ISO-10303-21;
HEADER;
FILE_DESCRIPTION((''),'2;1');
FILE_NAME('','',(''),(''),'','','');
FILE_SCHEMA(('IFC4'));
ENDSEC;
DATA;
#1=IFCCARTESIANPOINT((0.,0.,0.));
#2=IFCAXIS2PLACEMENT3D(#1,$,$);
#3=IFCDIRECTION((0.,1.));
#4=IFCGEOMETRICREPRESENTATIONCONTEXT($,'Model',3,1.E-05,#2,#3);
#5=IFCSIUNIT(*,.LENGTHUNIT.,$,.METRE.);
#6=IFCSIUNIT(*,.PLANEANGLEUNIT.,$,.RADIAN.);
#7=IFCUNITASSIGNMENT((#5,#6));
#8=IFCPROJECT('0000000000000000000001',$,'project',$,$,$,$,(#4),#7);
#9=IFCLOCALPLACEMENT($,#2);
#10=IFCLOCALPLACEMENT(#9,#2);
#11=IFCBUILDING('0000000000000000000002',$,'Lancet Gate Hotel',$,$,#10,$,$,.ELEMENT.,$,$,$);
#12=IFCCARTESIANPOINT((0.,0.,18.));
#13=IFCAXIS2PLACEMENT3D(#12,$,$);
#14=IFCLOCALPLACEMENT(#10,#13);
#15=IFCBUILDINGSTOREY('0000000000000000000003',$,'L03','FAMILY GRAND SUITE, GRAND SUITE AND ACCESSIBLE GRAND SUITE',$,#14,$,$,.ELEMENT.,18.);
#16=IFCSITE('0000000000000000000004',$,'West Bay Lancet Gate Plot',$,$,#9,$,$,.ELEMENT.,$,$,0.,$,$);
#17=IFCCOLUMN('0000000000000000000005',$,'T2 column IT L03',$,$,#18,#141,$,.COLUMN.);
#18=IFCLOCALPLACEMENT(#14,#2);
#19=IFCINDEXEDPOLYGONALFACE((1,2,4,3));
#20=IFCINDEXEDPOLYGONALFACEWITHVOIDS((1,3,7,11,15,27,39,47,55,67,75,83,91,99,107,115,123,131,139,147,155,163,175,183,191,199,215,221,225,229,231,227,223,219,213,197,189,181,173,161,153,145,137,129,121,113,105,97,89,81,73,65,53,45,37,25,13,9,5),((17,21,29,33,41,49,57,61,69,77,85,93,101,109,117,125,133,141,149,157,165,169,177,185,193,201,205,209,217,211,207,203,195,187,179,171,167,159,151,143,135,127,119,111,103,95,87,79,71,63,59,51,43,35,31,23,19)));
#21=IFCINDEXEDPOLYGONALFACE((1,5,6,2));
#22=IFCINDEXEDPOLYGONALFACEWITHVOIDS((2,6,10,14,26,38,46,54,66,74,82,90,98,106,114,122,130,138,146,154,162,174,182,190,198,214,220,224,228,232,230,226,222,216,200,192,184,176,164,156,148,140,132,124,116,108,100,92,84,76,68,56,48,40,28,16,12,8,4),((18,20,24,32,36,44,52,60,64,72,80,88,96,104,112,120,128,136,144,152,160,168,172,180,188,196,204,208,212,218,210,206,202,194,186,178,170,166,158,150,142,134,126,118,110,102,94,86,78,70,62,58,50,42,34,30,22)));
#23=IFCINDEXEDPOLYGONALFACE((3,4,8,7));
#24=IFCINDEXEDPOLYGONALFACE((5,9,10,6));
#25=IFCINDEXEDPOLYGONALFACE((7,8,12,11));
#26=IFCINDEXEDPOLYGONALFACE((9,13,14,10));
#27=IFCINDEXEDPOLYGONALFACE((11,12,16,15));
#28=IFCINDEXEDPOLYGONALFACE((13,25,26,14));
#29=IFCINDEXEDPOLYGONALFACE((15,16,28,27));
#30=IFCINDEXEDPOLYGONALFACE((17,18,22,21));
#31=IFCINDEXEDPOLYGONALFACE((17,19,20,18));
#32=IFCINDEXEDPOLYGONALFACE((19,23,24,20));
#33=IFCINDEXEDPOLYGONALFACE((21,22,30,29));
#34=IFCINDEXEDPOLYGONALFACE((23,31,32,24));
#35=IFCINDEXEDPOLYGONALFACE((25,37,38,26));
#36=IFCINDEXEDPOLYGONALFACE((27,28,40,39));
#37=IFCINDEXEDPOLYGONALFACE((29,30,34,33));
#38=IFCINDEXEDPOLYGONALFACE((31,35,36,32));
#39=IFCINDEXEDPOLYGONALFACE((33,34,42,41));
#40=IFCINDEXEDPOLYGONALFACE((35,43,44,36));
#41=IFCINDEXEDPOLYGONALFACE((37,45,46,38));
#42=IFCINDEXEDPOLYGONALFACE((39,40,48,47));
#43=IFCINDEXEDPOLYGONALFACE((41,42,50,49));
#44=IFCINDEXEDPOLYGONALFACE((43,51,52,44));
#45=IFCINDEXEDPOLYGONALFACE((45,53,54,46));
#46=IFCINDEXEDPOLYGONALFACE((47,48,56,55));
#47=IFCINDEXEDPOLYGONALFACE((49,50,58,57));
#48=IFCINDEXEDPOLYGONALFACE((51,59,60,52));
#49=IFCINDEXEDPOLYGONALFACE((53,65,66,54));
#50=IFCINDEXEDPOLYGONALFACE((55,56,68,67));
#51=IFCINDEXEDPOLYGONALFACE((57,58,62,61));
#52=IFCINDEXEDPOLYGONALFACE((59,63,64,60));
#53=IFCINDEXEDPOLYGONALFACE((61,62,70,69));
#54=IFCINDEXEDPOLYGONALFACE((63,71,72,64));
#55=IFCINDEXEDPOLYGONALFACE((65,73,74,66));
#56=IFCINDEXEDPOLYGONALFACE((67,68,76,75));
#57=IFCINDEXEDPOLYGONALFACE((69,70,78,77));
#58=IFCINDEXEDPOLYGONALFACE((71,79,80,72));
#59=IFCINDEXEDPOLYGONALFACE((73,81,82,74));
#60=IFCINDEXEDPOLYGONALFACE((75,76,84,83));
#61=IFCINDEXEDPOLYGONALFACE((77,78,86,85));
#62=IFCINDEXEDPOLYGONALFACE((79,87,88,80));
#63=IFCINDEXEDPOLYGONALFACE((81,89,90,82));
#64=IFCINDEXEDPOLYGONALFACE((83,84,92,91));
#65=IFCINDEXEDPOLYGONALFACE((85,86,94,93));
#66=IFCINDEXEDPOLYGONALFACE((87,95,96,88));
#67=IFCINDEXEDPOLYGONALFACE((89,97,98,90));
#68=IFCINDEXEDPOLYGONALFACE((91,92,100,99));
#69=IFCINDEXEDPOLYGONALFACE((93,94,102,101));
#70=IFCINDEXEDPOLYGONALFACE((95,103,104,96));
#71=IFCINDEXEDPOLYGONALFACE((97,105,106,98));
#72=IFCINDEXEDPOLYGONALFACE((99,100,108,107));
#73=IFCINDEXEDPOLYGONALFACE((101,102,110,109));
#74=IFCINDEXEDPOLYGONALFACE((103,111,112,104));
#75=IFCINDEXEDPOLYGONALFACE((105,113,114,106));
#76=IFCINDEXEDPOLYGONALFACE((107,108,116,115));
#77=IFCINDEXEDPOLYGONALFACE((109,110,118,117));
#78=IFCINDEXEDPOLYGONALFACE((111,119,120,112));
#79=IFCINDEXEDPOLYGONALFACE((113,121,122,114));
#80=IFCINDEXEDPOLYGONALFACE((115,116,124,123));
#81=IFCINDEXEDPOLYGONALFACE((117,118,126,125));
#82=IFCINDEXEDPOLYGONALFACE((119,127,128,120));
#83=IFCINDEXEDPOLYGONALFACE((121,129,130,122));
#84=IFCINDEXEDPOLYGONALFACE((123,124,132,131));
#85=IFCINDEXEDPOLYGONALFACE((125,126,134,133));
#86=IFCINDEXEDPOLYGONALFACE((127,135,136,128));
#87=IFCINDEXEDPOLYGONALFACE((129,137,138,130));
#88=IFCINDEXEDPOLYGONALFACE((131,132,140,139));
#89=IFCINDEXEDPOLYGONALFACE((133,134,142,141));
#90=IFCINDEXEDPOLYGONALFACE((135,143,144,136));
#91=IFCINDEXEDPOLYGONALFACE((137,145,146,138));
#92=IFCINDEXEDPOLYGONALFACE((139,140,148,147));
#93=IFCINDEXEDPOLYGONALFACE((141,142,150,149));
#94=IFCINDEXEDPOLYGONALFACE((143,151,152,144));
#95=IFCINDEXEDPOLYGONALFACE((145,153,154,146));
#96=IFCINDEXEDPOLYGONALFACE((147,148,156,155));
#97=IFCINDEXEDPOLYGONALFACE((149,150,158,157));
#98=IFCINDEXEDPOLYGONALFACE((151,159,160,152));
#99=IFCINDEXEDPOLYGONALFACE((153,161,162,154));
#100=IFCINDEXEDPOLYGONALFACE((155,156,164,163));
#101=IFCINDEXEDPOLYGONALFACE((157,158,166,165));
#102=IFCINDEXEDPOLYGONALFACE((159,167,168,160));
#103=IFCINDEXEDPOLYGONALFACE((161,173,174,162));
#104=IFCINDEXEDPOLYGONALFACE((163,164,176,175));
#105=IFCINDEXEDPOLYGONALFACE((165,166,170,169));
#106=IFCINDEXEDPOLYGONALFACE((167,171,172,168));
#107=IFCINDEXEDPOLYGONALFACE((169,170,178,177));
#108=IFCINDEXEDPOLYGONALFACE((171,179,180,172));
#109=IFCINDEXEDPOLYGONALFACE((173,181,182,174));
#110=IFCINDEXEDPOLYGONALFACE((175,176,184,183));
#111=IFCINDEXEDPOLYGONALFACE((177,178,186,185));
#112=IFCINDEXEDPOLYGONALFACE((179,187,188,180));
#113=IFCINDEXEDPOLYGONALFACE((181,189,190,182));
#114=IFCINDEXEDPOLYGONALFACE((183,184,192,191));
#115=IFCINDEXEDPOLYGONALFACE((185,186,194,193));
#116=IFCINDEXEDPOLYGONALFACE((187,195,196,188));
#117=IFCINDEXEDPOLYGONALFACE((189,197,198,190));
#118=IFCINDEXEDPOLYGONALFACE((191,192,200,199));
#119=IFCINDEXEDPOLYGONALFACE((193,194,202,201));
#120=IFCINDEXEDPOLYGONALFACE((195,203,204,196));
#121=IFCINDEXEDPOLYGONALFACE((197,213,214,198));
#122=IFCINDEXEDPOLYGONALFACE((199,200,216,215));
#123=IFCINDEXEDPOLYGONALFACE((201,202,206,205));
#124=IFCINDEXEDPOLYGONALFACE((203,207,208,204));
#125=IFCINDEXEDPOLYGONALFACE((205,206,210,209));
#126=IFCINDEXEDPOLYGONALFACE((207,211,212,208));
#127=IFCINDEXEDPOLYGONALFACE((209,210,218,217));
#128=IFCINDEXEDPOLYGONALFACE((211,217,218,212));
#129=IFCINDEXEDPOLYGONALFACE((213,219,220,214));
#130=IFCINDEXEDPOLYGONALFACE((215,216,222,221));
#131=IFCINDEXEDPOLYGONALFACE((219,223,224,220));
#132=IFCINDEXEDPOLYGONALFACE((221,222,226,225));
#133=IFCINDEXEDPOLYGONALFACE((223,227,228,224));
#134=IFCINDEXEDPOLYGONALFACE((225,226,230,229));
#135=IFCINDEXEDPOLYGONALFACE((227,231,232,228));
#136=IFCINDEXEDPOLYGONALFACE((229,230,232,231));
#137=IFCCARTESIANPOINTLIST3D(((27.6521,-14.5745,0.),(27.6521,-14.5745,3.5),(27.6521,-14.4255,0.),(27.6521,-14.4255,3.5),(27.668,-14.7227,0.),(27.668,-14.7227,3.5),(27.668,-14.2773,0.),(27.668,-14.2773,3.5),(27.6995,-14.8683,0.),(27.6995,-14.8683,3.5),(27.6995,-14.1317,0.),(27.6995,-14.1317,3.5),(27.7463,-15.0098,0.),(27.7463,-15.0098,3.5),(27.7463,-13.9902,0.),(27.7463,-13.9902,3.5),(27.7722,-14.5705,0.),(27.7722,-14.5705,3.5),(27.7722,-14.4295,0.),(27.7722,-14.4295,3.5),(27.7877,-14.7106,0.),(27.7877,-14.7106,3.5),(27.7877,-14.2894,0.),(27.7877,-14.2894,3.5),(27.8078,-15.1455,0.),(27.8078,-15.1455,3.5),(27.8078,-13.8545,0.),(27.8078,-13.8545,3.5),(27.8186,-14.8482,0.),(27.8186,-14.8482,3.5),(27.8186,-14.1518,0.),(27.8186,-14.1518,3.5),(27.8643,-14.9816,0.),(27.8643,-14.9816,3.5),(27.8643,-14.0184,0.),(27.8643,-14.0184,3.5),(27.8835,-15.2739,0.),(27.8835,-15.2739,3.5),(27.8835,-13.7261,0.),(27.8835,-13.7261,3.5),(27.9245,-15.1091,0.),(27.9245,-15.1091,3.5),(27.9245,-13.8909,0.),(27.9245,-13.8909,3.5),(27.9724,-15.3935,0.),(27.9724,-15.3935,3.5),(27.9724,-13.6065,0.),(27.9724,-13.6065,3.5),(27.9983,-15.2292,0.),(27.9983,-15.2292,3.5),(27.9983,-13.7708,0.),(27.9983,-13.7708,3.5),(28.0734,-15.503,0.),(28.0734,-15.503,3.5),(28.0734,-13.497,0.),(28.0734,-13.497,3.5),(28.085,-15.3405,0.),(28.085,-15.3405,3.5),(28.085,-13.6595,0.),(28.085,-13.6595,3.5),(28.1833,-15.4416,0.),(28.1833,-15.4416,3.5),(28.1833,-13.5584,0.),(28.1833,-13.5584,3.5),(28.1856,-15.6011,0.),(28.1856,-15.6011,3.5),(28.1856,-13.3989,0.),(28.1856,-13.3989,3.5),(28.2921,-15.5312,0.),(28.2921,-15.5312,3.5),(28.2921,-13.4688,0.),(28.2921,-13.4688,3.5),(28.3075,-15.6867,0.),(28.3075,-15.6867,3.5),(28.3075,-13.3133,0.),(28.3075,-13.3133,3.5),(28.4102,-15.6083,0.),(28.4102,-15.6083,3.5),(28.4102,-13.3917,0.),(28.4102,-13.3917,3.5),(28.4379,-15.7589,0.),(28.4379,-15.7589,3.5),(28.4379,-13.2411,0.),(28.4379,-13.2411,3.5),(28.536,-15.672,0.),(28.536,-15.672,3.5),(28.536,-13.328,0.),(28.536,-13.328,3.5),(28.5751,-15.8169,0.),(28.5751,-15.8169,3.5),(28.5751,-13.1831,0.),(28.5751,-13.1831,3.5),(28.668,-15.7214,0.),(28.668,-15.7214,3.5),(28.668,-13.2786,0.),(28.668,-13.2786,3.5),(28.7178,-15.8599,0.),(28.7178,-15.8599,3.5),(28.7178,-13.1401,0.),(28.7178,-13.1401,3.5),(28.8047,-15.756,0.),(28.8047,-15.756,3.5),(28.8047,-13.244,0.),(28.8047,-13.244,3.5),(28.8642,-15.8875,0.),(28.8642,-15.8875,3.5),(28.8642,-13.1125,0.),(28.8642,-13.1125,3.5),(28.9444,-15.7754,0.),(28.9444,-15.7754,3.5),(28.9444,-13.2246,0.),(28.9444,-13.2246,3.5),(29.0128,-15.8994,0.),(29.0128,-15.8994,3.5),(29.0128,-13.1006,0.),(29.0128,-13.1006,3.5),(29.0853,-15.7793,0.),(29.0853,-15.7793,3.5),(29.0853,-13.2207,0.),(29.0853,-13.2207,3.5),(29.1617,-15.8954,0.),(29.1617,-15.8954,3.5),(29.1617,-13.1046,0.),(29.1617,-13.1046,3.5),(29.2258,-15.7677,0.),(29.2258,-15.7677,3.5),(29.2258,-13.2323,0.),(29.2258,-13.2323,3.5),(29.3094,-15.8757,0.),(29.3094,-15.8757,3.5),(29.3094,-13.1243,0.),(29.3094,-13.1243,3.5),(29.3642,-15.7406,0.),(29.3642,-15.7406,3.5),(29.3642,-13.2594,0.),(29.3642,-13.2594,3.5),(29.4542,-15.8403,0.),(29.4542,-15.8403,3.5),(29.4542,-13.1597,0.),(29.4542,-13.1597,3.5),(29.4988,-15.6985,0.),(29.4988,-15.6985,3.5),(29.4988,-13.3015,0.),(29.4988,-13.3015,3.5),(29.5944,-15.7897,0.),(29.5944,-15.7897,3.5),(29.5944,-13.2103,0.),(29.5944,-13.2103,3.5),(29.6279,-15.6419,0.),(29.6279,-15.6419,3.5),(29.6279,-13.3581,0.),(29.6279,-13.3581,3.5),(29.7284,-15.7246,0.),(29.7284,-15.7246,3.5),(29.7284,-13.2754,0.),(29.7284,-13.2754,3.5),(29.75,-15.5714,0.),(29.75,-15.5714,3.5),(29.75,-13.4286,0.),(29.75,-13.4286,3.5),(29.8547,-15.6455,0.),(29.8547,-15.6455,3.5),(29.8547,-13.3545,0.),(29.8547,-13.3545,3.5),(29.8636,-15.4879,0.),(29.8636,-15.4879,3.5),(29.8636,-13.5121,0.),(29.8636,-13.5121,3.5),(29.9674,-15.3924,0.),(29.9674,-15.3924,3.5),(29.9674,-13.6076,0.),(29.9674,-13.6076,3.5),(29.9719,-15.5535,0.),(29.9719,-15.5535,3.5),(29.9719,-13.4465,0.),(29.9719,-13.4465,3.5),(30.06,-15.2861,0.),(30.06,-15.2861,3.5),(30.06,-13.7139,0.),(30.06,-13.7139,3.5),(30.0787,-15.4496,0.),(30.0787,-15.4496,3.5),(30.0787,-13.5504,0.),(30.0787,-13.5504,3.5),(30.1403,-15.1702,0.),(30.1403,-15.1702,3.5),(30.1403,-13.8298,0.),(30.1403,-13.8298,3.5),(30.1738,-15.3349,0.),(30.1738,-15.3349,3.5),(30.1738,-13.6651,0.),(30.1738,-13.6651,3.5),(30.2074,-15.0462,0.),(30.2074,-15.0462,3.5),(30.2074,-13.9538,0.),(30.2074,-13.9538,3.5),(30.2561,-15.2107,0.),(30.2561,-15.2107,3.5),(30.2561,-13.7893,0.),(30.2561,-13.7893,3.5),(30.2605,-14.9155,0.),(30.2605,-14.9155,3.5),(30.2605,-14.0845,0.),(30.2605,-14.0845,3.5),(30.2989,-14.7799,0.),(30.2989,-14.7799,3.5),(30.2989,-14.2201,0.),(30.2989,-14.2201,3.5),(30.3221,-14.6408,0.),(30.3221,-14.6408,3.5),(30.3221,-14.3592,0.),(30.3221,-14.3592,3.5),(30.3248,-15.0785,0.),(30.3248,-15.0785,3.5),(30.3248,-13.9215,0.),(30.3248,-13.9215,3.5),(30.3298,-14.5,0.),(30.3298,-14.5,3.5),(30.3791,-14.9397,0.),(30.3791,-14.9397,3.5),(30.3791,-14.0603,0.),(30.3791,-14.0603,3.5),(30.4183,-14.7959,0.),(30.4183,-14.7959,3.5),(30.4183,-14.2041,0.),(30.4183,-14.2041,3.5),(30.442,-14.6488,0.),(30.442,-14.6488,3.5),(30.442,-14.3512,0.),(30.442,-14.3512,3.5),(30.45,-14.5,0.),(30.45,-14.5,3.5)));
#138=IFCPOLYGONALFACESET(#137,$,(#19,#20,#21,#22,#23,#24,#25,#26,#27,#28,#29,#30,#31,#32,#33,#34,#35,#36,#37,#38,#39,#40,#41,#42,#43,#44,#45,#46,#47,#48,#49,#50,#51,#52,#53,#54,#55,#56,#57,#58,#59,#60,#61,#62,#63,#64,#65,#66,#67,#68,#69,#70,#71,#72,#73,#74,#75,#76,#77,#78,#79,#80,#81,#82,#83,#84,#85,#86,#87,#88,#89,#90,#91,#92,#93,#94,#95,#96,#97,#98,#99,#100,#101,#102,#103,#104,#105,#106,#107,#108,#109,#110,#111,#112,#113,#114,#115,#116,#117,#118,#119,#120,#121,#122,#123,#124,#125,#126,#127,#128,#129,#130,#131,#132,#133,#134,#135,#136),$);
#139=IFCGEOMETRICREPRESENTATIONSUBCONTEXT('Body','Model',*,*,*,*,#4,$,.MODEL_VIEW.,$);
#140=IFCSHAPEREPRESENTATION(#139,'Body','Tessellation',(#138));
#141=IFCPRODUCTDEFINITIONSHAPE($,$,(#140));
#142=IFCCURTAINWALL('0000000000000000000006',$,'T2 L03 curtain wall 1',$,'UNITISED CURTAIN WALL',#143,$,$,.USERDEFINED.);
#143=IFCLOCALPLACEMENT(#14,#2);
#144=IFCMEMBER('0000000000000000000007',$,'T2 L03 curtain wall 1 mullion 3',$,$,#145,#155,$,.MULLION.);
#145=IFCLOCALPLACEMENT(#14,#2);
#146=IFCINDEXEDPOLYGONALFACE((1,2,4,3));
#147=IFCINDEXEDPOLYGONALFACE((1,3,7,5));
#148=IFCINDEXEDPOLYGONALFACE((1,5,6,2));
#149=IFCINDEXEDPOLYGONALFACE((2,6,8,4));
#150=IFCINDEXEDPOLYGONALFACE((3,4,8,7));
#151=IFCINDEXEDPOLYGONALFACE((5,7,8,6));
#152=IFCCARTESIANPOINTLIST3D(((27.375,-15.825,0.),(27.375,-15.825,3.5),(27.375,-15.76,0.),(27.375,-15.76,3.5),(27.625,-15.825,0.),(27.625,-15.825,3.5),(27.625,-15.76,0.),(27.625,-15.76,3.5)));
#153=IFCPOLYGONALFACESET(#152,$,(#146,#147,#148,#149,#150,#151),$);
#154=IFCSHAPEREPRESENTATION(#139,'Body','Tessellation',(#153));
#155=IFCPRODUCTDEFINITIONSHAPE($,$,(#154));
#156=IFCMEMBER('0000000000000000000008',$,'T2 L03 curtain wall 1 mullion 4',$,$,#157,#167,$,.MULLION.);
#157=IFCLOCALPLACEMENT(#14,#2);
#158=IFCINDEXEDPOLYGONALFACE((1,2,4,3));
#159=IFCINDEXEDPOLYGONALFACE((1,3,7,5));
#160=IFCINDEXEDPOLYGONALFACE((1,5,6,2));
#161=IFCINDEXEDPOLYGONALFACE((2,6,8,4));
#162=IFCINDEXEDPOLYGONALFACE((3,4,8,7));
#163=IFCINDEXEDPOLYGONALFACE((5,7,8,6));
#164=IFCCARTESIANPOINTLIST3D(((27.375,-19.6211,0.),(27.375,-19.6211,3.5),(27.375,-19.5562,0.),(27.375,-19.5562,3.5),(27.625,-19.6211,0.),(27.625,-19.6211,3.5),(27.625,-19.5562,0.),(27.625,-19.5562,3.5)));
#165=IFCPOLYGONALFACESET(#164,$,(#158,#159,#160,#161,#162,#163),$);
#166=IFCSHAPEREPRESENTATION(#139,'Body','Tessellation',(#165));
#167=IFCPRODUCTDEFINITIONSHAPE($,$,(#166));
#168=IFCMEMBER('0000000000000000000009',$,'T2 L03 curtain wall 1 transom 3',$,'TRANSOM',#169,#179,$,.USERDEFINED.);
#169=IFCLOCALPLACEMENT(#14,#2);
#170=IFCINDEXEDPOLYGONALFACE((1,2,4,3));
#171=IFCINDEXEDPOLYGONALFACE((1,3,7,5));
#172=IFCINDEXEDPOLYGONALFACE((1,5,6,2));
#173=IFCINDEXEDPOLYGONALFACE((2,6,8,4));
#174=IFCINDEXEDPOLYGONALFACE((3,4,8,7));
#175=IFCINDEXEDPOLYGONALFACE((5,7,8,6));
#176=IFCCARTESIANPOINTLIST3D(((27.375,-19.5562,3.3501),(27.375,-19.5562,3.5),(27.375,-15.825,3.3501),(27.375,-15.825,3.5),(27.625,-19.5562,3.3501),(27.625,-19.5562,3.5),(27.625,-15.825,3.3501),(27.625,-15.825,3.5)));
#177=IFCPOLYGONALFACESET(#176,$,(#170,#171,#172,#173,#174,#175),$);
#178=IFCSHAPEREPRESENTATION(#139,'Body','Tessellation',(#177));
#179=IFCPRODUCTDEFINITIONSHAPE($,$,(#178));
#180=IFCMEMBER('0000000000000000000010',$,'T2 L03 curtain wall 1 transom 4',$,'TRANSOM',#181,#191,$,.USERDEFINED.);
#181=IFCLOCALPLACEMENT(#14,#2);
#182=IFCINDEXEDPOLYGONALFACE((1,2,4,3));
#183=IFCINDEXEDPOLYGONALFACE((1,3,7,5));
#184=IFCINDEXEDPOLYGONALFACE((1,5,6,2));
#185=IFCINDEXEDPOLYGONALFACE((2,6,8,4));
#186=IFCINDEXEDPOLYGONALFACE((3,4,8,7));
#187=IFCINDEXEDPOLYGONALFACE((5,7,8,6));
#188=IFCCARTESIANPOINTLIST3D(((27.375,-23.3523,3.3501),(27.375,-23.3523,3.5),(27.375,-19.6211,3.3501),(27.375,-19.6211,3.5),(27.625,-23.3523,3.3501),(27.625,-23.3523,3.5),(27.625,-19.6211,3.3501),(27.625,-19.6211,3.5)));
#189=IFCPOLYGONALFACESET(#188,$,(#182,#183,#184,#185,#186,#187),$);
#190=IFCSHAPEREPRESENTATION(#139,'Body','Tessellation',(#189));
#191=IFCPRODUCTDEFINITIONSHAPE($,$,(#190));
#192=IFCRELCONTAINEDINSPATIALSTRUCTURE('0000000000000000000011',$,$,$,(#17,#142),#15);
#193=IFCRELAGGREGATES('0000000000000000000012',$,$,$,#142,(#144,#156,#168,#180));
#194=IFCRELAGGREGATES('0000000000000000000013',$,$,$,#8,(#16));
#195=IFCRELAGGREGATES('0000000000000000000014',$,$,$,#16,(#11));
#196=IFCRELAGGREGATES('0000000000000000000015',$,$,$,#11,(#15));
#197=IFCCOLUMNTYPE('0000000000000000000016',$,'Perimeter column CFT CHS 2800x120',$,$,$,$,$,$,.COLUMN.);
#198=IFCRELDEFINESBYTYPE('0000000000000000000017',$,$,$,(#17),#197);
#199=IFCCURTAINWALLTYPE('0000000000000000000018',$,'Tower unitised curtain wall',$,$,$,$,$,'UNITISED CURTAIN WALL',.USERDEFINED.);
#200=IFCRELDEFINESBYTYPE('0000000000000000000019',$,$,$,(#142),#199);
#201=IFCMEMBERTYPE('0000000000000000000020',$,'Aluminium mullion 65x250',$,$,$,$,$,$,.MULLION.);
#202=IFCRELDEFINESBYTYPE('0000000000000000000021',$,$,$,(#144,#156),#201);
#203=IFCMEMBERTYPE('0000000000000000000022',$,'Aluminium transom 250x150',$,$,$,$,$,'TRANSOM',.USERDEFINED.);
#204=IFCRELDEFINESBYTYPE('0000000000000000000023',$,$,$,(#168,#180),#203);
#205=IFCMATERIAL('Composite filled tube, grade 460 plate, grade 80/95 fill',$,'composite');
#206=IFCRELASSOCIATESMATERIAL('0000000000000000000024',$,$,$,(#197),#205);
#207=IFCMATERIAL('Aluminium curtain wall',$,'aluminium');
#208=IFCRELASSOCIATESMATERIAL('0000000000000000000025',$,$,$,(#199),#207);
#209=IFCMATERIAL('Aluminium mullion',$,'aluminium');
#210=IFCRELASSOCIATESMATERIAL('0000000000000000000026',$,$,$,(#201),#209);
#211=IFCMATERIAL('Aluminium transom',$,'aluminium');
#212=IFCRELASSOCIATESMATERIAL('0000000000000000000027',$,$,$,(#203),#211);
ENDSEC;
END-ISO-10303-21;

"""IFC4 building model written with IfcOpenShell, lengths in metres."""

from ifc_helpers import new_model, si_unit, direction, frame, origin, origin_2d, place, context, subcontext, project, spatial, rectangle, hollow_circle, extrude, material, material_profile, profile_set, type_object, element, aggregate, save


model = new_model("IFC4")

# Units and contexts
model_context = context("Model", 3, precision=1e-05, world=origin(), true_north=direction((0.0, 1.0)))
body_context = subcontext(model_context, "Body", "Model", "MODEL_VIEW")
ifc_project = project(units=[si_unit("LENGTHUNIT", "METRE"), si_unit("PLANEANGLEUNIT", "RADIAN")], contexts=[model_context])

# Site, building, storey
site_placement = place(None, origin())
site = spatial("IfcSite", under=ifc_project, at=site_placement, Name="West Bay Lancet Gate Plot", CompositionType="ELEMENT", RefElevation=0.0)
building_placement = place(site_placement, origin())
building = spatial("IfcBuilding", under=site, at=building_placement, Name="Lancet Gate Hotel", CompositionType="ELEMENT")
storey_placement = place(building_placement, frame((0.0, 0.0, 18.0)))
storey = spatial("IfcBuildingStorey", under=building, at=storey_placement, Name="L03", Description="FAMILY GRAND SUITE, GRAND SUITE AND ACCESSIBLE GRAND SUITE", CompositionType="ELEMENT", Elevation=18.0)

# Column
ifc_material_1 = material(Name="Composite filled tube, grade 460 plate, grade 80/95 fill", Category="composite")
ifc_material_profile_1 = material_profile(ifc_material_1, hollow_circle(Radius=1.3999, WallThickness=0.1201, at=origin_2d()), Name="CHS 2800x120")
ifc_profile_set_1 = profile_set([ifc_material_profile_1], Name="Composite filled tube, grade 460 plate, grade 80/95 fill")
column_type = type_object("IfcColumnType", Name="Perimeter column CFT CHS 2800x120", PredefinedType="COLUMN", material=ifc_profile_set_1)
column_placement = place(storey_placement, frame((29.05, -14.5, 0.0), z_axis=(0.0, 0.0, 1.0), x_axis=(1.0, 0.0, 0.0)))
element("IfcColumn", 1, at=column_placement, inside=storey, type_object=column_type, Name="T2 column IT L03", PredefinedType="COLUMN", context=body_context, shape_type="SweptSolid", body=[
    extrude(hollow_circle(Radius=1.3999, WallThickness=0.1201, at=origin_2d()), origin(), (0.0, 0.0, 1.0), 3.5),
])

# Curtain wall, members
ifc_material_2 = material(Name="Aluminium curtain wall", Category="aluminium")
curtain_wall_type = type_object("IfcCurtainWallType", Name="Tower unitised curtain wall", ElementType="UNITISED CURTAIN WALL", PredefinedType="USERDEFINED", material=ifc_material_2)
curtain_wall_placement = place(storey_placement, origin())
curtain_wall = element("IfcCurtainWall", 2, at=curtain_wall_placement, inside=storey, type_object=curtain_wall_type, Name="T2 L03 curtain wall 1", ObjectType="UNITISED CURTAIN WALL", PredefinedType="USERDEFINED")
ifc_material_3 = material(Name="Aluminium mullion", Category="aluminium")
ifc_material_profile_2 = material_profile(ifc_material_3, rectangle(XDim=0.0649, YDim=0.25, at=origin_2d()), Name="MULLION 65x250")
ifc_profile_set_2 = profile_set([ifc_material_profile_2], Name="Aluminium mullion")
member_type_1 = type_object("IfcMemberType", Name="Aluminium mullion 65x250", PredefinedType="MULLION", material=ifc_profile_set_2)
member_1_placement = place(storey_placement, frame((27.5, -15.7925, 0.0), z_axis=(0.0, 0.0, 1.0), x_axis=(0.0, -1.0, 0.0)))
member_1 = element("IfcMember", 3, at=member_1_placement, type_object=member_type_1, Name="T2 L03 curtain wall 1 mullion 3", PredefinedType="MULLION", context=body_context, shape_type="SweptSolid", body=[
    extrude(rectangle(XDim=0.0649, YDim=0.25, at=origin_2d()), origin(), (0.0, 0.0, 1.0), 3.5),
])
member_2_placement = place(storey_placement, frame((27.5, -19.5886, 0.0), z_axis=(0.0, 0.0, 1.0), x_axis=(0.0, -1.0, 0.0)))
member_2 = element("IfcMember", 4, at=member_2_placement, type_object=member_type_1, Name="T2 L03 curtain wall 1 mullion 4", PredefinedType="MULLION", context=body_context, shape_type="SweptSolid", body=[
    extrude(rectangle(XDim=0.0649, YDim=0.25, at=origin_2d()), origin(), (0.0, 0.0, 1.0), 3.5),
])
ifc_material_4 = material(Name="Aluminium transom", Category="aluminium")
ifc_material_profile_3 = material_profile(ifc_material_4, rectangle(XDim=0.25, YDim=0.1499, at=origin_2d()), Name="TRANSOM 250x150")
ifc_profile_set_3 = profile_set([ifc_material_profile_3], Name="Aluminium transom")
member_type_2 = type_object("IfcMemberType", Name="Aluminium transom 250x150", ElementType="TRANSOM", PredefinedType="USERDEFINED", material=ifc_profile_set_3)
member_3_placement = place(storey_placement, frame((27.5, -15.825, 3.425), z_axis=(0.0, -1.0, 0.0), x_axis=(1.0, 0.0, 0.0)))
member_3 = element("IfcMember", 5, at=member_3_placement, type_object=member_type_2, Name="T2 L03 curtain wall 1 transom 3", ObjectType="TRANSOM", PredefinedType="USERDEFINED", context=body_context, shape_type="SweptSolid", body=[
    extrude(rectangle(XDim=0.25, YDim=0.1499, at=origin_2d()), origin(), (0.0, 0.0, 1.0), 3.7312),
])
member_4_placement = place(storey_placement, frame((27.5, -19.6211, 3.425), z_axis=(0.0, -1.0, 0.0), x_axis=(1.0, 0.0, 0.0)))
member_4 = element("IfcMember", 6, at=member_4_placement, type_object=member_type_2, Name="T2 L03 curtain wall 1 transom 4", ObjectType="TRANSOM", PredefinedType="USERDEFINED", context=body_context, shape_type="SweptSolid", body=[
    extrude(rectangle(XDim=0.25, YDim=0.1499, at=origin_2d()), origin(), (0.0, 0.0, 1.0), 3.7312),
])

aggregate(curtain_wall, [member_1, member_2, member_3, member_4])

save(model, "model.ifc")
